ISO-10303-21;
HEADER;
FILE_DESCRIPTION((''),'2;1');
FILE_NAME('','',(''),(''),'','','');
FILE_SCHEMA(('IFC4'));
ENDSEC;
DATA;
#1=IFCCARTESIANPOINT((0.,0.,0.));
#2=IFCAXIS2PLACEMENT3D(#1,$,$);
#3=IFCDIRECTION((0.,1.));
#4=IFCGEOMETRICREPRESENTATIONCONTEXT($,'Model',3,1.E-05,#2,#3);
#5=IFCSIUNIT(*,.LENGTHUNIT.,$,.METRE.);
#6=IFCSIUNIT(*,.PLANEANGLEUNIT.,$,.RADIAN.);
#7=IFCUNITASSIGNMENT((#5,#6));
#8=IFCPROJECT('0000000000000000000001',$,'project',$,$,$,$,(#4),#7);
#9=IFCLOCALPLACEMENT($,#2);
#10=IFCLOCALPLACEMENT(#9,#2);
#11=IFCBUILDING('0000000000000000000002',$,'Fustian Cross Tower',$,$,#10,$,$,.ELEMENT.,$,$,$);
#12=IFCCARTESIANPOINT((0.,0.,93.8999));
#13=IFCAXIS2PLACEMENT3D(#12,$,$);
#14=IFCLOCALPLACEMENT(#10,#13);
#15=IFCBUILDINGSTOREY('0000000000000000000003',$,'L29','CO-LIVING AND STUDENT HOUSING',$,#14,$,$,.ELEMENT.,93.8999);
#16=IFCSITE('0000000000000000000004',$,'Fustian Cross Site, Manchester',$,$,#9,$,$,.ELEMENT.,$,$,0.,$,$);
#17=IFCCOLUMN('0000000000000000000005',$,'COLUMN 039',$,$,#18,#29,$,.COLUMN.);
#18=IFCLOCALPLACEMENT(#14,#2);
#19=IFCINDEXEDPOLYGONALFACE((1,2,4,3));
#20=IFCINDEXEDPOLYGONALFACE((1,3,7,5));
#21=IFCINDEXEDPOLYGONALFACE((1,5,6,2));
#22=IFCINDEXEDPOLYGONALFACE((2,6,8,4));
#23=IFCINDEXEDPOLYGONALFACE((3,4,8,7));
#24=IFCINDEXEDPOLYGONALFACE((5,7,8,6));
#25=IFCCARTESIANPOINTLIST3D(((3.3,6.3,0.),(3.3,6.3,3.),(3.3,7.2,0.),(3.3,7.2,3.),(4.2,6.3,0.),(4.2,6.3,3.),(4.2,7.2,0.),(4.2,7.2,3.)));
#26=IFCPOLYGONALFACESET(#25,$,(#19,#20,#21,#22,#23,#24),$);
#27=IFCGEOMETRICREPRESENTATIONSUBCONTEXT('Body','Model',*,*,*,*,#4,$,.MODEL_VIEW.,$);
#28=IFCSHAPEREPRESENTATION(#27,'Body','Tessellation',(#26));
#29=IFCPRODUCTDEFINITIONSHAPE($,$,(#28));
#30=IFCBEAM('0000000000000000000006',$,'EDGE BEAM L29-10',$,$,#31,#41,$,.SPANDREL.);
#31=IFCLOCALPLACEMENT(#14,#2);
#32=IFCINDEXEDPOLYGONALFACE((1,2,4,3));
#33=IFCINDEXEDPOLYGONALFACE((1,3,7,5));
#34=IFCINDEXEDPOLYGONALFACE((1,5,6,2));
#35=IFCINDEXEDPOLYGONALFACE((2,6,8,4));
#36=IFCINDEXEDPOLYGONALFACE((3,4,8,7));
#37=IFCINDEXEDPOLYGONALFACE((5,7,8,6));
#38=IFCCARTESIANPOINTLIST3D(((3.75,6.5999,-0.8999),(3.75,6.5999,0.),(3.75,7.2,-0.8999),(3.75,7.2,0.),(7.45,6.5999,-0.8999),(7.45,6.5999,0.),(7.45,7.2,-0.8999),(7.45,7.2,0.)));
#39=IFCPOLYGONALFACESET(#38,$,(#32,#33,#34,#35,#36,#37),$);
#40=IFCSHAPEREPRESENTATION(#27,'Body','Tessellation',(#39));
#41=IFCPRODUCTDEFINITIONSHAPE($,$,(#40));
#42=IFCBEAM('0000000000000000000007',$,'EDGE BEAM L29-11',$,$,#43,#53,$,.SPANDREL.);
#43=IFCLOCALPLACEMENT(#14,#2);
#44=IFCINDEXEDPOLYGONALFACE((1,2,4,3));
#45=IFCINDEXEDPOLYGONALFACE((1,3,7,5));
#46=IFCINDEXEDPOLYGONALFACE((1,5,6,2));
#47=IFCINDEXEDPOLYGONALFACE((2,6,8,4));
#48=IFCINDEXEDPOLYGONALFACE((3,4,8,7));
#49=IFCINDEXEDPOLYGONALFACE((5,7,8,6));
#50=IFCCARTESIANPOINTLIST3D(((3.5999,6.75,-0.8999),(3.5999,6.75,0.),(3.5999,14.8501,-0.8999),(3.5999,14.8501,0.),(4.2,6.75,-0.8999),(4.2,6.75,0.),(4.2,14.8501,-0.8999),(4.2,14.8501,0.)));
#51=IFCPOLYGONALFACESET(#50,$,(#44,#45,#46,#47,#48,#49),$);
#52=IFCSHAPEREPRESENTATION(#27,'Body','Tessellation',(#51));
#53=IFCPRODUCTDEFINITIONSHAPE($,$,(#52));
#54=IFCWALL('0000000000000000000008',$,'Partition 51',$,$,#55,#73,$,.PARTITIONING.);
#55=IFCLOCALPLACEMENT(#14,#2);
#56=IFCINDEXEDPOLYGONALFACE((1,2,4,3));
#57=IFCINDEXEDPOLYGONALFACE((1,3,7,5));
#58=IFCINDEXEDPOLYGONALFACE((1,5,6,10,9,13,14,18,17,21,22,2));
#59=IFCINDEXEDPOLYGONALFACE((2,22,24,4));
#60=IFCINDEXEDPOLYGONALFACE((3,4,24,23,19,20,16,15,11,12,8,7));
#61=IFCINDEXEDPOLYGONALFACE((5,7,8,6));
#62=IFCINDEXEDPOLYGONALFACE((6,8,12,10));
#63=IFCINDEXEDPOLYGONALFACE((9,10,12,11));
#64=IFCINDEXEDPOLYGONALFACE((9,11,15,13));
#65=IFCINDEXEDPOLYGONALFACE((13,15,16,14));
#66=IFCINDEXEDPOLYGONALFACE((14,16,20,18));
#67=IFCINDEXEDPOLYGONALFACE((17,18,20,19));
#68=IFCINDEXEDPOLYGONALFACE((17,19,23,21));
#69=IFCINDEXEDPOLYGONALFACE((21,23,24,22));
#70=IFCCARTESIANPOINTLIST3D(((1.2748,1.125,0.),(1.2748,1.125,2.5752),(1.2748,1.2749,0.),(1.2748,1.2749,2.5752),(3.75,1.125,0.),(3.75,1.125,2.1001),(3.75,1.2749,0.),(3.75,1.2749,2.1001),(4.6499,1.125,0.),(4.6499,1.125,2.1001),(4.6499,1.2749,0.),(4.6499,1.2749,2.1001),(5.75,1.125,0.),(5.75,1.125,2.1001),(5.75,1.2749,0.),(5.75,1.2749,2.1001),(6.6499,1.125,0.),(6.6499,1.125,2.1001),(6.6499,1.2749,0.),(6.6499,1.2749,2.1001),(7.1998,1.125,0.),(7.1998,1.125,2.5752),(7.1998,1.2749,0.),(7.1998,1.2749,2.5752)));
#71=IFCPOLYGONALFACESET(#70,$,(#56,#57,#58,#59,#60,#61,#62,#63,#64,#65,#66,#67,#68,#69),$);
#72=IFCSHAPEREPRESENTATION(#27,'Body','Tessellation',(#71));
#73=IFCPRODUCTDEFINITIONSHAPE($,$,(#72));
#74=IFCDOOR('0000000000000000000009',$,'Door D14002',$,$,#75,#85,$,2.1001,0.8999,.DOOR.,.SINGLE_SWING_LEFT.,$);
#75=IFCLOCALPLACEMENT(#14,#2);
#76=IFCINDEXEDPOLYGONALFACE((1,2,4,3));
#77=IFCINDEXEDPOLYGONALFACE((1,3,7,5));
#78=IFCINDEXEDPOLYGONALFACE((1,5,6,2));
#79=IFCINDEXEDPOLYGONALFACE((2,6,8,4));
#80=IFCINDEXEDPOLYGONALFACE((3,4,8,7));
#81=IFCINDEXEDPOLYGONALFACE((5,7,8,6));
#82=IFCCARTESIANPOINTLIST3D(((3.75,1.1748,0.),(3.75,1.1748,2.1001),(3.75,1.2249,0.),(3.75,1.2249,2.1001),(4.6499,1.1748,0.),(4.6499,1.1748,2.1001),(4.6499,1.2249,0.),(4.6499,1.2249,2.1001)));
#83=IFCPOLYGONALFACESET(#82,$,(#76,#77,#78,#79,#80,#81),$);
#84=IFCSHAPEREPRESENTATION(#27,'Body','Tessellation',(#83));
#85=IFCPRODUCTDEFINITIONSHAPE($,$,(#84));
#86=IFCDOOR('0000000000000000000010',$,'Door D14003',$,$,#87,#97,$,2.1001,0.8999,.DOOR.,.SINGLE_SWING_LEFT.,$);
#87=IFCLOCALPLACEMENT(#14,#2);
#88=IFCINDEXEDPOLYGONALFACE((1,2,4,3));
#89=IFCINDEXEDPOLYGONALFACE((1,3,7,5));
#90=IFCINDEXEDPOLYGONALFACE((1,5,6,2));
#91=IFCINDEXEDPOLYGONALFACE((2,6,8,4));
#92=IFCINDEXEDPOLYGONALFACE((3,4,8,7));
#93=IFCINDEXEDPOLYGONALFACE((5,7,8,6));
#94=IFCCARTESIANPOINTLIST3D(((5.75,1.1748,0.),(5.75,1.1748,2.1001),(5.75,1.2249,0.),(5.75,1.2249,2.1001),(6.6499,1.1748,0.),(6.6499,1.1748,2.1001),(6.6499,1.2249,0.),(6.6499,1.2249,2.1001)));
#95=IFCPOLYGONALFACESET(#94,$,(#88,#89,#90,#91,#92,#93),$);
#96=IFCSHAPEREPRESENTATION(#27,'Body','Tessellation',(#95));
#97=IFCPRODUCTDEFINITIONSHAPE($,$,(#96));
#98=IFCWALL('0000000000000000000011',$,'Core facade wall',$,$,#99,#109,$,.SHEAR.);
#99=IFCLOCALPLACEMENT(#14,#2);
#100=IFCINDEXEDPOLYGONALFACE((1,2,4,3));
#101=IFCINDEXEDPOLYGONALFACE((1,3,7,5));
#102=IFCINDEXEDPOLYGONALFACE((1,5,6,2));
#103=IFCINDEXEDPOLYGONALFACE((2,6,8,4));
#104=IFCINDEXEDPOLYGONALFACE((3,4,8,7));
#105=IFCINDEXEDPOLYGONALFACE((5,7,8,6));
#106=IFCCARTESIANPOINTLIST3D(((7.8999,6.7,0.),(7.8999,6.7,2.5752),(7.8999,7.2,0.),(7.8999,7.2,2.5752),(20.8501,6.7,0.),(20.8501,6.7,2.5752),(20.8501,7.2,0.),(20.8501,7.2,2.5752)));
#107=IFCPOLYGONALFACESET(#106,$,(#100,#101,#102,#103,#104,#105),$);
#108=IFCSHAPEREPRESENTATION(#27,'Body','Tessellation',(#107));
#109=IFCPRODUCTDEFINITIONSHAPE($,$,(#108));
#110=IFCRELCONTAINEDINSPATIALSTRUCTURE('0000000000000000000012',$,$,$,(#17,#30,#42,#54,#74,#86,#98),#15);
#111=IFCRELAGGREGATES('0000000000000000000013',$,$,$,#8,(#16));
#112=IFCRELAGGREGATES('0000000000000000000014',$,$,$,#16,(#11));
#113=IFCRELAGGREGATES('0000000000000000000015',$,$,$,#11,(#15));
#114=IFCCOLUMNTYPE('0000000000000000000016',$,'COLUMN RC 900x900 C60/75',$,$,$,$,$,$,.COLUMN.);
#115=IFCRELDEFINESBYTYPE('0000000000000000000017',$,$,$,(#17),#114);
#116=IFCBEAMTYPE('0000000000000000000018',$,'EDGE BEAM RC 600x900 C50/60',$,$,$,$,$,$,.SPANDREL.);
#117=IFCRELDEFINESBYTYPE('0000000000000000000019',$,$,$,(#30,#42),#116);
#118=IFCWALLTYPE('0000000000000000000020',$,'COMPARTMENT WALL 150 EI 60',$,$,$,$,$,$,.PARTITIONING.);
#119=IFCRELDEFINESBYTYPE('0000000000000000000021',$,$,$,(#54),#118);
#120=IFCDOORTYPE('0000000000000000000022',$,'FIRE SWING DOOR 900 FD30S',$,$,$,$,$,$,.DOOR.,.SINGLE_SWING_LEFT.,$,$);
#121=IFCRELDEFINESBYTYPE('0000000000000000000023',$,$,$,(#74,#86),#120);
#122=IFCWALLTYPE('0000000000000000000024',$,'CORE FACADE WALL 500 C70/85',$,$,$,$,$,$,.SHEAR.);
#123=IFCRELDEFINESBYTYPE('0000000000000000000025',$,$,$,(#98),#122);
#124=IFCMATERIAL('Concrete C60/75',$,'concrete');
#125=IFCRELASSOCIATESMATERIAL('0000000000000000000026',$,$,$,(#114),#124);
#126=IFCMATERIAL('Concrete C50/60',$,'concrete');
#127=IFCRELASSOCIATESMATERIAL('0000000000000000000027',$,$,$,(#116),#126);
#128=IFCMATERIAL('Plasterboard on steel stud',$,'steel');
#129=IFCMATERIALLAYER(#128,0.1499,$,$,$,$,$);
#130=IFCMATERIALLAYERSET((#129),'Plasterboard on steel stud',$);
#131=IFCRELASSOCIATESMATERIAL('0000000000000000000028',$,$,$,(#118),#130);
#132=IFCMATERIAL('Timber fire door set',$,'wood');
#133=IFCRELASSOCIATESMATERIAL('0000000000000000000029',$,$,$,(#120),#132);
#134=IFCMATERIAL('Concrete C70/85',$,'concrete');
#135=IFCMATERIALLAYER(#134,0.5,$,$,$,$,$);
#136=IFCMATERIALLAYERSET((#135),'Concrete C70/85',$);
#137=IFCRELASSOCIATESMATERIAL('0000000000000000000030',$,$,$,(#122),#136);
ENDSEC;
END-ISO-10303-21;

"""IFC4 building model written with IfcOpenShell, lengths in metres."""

from ifc_helpers import new_model, si_unit, direction, frame, frame_2d, origin, origin_2d, place, context, subcontext, project, spatial, rectangle, extrude, material, layer, layer_set, material_profile, profile_set, type_object, element, fill, save


model = new_model("IFC4")

# Units and contexts
model_context = context("Model", 3, precision=1e-05, world=origin(), true_north=direction((0.0, 1.0)))
body_context = subcontext(model_context, "Body", "Model", "MODEL_VIEW")
ifc_project = project(units=[si_unit("LENGTHUNIT", "METRE"), si_unit("PLANEANGLEUNIT", "RADIAN")], contexts=[model_context])

# Site, building, storey
site_placement = place(None, origin())
site = spatial("IfcSite", under=ifc_project, at=site_placement, Name="Fustian Cross Site, Manchester", CompositionType="ELEMENT", RefElevation=0.0)
building_placement = place(site_placement, origin())
building = spatial("IfcBuilding", under=site, at=building_placement, Name="Fustian Cross Tower", CompositionType="ELEMENT")
storey_placement = place(building_placement, frame((0.0, 0.0, 93.8999)))
storey = spatial("IfcBuildingStorey", under=building, at=storey_placement, Name="L29", Description="CO-LIVING AND STUDENT HOUSING", CompositionType="ELEMENT", Elevation=93.8999)

# Column
ifc_material_1 = material(Name="Concrete C60/75", Category="concrete")
ifc_material_profile_1 = material_profile(ifc_material_1, rectangle(XDim=0.8999, YDim=0.8999, at=origin_2d()), Name="RC 900x900")
ifc_profile_set_1 = profile_set([ifc_material_profile_1], Name="Concrete C60/75")
column_type = type_object("IfcColumnType", Name="COLUMN RC 900x900 C60/75", PredefinedType="COLUMN", material=ifc_profile_set_1)
column_placement = place(storey_placement, frame((3.75, 6.75, 0.0), z_axis=(0.0, 0.0, 1.0), x_axis=(1.0, 0.0, 0.0)))
element("IfcColumn", 1, at=column_placement, inside=storey, type_object=column_type, Name="COLUMN 039", PredefinedType="COLUMN", context=body_context, shape_type="SweptSolid", body=[
    extrude(rectangle(XDim=0.8999, YDim=0.8999, at=origin_2d()), origin(), (0.0, 0.0, 1.0), 3.0),
])

# Beams
ifc_material_2 = material(Name="Concrete C50/60", Category="concrete")
ifc_material_profile_2 = material_profile(ifc_material_2, rectangle(XDim=0.6001, YDim=0.8999, at=origin_2d()), Name="RC 600x900")
ifc_profile_set_2 = profile_set([ifc_material_profile_2], Name="Concrete C50/60")
beam_type = type_object("IfcBeamType", Name="EDGE BEAM RC 600x900 C50/60", PredefinedType="SPANDREL", material=ifc_profile_set_2)
beam_1_placement = place(storey_placement, frame((7.45, 6.8999, -0.45), z_axis=(-1.0, 0.0, 0.0), x_axis=(0.0, -1.0, 0.0)))
element("IfcBeam", 2, at=beam_1_placement, inside=storey, type_object=beam_type, Name="EDGE BEAM L29-10", PredefinedType="SPANDREL", context=body_context, shape_type="SweptSolid", body=[
    extrude(rectangle(XDim=0.6001, YDim=0.8999, at=origin_2d()), origin(), (0.0, 0.0, 1.0), 3.7),
])
beam_2_placement = place(storey_placement, frame((3.8999, 6.75, -0.45), z_axis=(0.0, 1.0, 0.0), x_axis=(-1.0, 0.0, 0.0)))
element("IfcBeam", 3, at=beam_2_placement, inside=storey, type_object=beam_type, Name="EDGE BEAM L29-11", PredefinedType="SPANDREL", context=body_context, shape_type="SweptSolid", body=[
    extrude(rectangle(XDim=0.6001, YDim=0.8999, at=origin_2d()), origin(), (0.0, 0.0, 1.0), 8.1001),
])

# Wall, openings, doors
ifc_material_3 = material(Name="Plasterboard on steel stud", Category="steel")
ifc_layer_1 = layer(ifc_material_3, 0.1499)
ifc_layer_set_1 = layer_set([ifc_layer_1], Name="Plasterboard on steel stud")
wall_type_1 = type_object("IfcWallType", Name="COMPARTMENT WALL 150 EI 60", PredefinedType="PARTITIONING", material=ifc_layer_set_1)
wall_1_placement = place(storey_placement, frame((1.2749, 1.2, 0.0), z_axis=(0.0, 0.0, 1.0), x_axis=(1.0, 0.0, 0.0)))
wall_1 = element("IfcWall", 4, at=wall_1_placement, inside=storey, type_object=wall_type_1, Name="Partition 51", PredefinedType="PARTITIONING", context=body_context, shape_type="SweptSolid", body=[
    extrude(rectangle(XDim=5.925, YDim=0.1499, at=frame_2d((2.9624, 0.0))), origin(), (0.0, 0.0, 1.0), 2.5752),
])
opening_1_placement = place(wall_1_placement, frame((2.4751, 0.0, 0.0)))
opening_1 = element("IfcOpeningElement", 5, at=opening_1_placement, cuts=wall_1, PredefinedType="OPENING", context=body_context, shape_type="SweptSolid", body=[
    extrude(rectangle(XDim=0.8999, YDim=2.1001, at=frame_2d((0.45, 1.05))), frame((0.0, 0.085, 0.0), z_axis=(0.0, -1.0, 0.0), x_axis=(1.0, 0.0, 0.0)), (0.0, 0.0, 1.0), 0.1699),
])
opening_2_placement = place(wall_1_placement, frame((4.4751, 0.0, 0.0)))
opening_2 = element("IfcOpeningElement", 6, at=opening_2_placement, cuts=wall_1, PredefinedType="OPENING", context=body_context, shape_type="SweptSolid", body=[
    extrude(rectangle(XDim=0.8999, YDim=2.1001, at=frame_2d((0.45, 1.05))), frame((0.0, 0.085, 0.0), z_axis=(0.0, -1.0, 0.0), x_axis=(1.0, 0.0, 0.0)), (0.0, 0.0, 1.0), 0.1699),
])
ifc_material_4 = material(Name="Timber fire door set", Category="wood")
door_type_1 = type_object("IfcDoorType", Name="FIRE SWING DOOR 900 FD30S", OperationType="SINGLE_SWING_LEFT", PredefinedType="DOOR", material=ifc_material_4)
door_1_placement = place(opening_1_placement, origin())
door_1 = element("IfcDoor", 7, at=door_1_placement, inside=storey, type_object=door_type_1, Name="Door D14002", OperationType="SINGLE_SWING_LEFT", OverallHeight=2.1001, OverallWidth=0.8999, PredefinedType="DOOR", context=body_context, shape_type="SweptSolid", body=[
    extrude(rectangle(XDim=0.8999, YDim=2.1001, at=frame_2d((0.45, 1.05))), frame((0.0, 0.0249, 0.0), z_axis=(0.0, -1.0, 0.0), x_axis=(1.0, 0.0, 0.0)), (0.0, 0.0, 1.0), 0.05),
])
fill(opening_1, door_1)
door_2_placement = place(opening_2_placement, origin())
door_2 = element("IfcDoor", 8, at=door_2_placement, inside=storey, type_object=door_type_1, Name="Door D14003", OperationType="SINGLE_SWING_LEFT", OverallHeight=2.1001, OverallWidth=0.8999, PredefinedType="DOOR", context=body_context, shape_type="SweptSolid", body=[
    extrude(rectangle(XDim=0.8999, YDim=2.1001, at=frame_2d((0.45, 1.05))), frame((0.0, 0.0249, 0.0), z_axis=(0.0, -1.0, 0.0), x_axis=(1.0, 0.0, 0.0)), (0.0, 0.0, 1.0), 0.05),
])
fill(opening_2, door_2)

# Wall
ifc_material_5 = material(Name="Concrete C70/85", Category="concrete")
ifc_layer_2 = layer(ifc_material_5, 0.5)
ifc_layer_set_2 = layer_set([ifc_layer_2], Name="Concrete C70/85")
wall_type_2 = type_object("IfcWallType", Name="CORE FACADE WALL 500 C70/85", PredefinedType="SHEAR", material=ifc_layer_set_2)
wall_2_placement = place(storey_placement, frame((7.8999, 6.95, 0.0), z_axis=(0.0, 0.0, 1.0), x_axis=(1.0, 0.0, 0.0)))
element("IfcWall", 9, at=wall_2_placement, inside=storey, type_object=wall_type_2, Name="Core facade wall", PredefinedType="SHEAR", context=body_context, shape_type="SweptSolid", body=[
    extrude(rectangle(XDim=12.9502, YDim=0.5, at=frame_2d((6.4751, 0.0))), origin(), (0.0, 0.0, 1.0), 2.5752),
])

save(model, "model.ifc")
